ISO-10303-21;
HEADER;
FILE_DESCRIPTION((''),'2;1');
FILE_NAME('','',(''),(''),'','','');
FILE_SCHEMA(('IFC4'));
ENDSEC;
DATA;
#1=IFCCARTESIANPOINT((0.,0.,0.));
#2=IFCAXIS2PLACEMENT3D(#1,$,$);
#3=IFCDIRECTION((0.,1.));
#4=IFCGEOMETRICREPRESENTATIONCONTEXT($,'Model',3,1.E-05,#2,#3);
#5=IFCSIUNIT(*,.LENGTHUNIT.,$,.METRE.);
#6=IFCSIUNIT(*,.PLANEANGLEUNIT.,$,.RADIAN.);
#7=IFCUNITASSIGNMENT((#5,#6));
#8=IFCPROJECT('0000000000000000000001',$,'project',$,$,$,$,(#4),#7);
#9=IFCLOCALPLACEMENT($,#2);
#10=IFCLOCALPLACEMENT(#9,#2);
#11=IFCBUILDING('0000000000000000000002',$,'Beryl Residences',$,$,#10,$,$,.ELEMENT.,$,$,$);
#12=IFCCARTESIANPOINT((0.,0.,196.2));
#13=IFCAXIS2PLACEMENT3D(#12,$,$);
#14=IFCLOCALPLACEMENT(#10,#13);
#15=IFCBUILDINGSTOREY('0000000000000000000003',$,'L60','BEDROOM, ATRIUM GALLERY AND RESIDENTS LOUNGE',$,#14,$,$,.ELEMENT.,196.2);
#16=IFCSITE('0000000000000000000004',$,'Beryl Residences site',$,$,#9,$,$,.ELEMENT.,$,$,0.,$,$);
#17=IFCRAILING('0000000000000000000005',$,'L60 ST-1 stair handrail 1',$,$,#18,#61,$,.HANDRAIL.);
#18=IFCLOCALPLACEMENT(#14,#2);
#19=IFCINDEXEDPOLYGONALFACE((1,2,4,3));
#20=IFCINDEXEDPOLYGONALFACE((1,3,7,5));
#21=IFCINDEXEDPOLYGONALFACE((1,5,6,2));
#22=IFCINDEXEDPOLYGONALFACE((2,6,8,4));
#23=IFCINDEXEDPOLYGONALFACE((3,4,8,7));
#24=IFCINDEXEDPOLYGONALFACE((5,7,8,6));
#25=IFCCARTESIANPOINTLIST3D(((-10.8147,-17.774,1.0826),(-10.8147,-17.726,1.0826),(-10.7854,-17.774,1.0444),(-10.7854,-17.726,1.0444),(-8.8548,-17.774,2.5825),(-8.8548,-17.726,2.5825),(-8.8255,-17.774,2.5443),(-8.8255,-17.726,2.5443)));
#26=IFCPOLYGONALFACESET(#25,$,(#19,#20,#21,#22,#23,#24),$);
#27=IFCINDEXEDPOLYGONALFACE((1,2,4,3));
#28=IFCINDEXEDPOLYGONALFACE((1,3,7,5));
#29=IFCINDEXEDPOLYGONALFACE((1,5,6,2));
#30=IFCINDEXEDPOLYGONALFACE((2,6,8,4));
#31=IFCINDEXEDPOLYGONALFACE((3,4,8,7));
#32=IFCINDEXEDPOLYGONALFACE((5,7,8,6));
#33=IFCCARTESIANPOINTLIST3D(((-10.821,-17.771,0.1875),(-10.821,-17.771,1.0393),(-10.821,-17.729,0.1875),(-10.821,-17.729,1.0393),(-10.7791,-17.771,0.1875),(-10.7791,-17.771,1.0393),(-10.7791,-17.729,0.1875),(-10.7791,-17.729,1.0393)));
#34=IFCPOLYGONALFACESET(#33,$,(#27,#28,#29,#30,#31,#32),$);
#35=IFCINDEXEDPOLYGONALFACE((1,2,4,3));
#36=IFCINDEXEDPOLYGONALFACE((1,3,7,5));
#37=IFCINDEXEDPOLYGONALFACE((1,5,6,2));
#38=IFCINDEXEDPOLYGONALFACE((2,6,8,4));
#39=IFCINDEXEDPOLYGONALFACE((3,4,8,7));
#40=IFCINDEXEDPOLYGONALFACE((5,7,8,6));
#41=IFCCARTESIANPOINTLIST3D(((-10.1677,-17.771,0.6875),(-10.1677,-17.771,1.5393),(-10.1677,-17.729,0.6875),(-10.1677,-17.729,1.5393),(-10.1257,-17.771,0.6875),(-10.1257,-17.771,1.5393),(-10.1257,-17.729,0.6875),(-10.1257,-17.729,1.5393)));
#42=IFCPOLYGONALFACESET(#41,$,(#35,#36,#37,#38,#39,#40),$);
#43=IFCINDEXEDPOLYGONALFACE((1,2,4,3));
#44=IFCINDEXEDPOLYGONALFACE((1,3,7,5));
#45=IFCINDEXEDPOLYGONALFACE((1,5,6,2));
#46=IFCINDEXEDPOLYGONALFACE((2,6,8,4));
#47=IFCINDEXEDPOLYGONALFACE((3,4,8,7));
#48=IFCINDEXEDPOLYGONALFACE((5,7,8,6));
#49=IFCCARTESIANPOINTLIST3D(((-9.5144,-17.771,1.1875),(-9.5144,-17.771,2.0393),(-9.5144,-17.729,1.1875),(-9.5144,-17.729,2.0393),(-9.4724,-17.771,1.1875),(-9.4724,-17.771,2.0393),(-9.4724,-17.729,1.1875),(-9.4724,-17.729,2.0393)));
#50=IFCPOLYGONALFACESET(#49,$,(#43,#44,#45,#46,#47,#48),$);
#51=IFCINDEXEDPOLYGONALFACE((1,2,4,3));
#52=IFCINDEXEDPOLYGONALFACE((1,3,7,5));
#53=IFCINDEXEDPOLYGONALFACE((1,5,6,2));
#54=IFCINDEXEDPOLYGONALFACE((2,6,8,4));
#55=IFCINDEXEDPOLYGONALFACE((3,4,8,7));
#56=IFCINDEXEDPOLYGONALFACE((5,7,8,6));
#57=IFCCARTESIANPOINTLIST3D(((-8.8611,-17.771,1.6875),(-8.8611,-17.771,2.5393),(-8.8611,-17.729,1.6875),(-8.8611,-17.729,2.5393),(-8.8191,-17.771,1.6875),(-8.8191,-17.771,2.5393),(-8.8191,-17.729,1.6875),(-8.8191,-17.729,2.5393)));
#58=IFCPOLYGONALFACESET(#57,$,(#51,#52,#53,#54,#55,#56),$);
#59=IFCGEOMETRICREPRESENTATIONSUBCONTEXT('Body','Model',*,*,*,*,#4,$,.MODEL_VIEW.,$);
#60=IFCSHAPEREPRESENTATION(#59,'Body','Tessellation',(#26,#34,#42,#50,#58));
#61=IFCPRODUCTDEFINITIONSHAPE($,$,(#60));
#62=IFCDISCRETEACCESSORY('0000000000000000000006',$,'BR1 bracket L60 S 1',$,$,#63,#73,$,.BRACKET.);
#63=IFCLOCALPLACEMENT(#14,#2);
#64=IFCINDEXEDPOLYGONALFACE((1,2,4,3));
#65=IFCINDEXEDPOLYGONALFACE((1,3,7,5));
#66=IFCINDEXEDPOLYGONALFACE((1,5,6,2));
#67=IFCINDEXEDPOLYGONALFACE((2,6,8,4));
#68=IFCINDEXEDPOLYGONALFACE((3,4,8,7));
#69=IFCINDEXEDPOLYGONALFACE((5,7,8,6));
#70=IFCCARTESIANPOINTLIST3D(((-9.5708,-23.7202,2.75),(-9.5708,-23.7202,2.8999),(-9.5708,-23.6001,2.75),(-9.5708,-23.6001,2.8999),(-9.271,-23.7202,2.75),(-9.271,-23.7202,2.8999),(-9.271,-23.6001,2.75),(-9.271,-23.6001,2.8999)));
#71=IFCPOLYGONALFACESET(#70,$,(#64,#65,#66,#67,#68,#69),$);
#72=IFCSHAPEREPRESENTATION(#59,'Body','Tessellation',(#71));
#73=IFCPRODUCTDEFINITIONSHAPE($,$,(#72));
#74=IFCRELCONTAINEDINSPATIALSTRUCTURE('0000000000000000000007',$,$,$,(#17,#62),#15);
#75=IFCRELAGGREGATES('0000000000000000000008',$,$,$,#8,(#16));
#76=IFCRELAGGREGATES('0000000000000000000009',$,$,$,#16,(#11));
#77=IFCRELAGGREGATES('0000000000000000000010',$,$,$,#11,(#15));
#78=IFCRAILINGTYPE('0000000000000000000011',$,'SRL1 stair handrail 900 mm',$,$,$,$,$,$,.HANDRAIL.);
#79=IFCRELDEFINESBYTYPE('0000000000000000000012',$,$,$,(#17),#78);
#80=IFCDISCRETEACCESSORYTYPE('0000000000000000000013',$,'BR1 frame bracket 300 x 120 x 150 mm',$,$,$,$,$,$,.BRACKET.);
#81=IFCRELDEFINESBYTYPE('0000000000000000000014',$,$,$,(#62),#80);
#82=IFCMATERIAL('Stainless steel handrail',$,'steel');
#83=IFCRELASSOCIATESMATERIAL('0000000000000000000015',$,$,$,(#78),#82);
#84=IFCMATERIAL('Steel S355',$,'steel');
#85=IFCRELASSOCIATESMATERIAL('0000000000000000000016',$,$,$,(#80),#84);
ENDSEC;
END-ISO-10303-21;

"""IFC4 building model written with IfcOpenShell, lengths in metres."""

from ifc_helpers import new_model, si_unit, direction, frame, origin, origin_2d, place, context, subcontext, project, spatial, polyline, rectangle, outline, extrude, source, transform, mapped, material, type_object, type_shapes, element, save


model = new_model("IFC4")

# Units and contexts
model_context = context("Model", 3, precision=1e-05, world=origin(), true_north=direction((0.0, 1.0)))
body_context = subcontext(model_context, "Body", "Model", "MODEL_VIEW")
ifc_project = project(units=[si_unit("LENGTHUNIT", "METRE"), si_unit("PLANEANGLEUNIT", "RADIAN")], contexts=[model_context])

# Site, building, storey
site_placement = place(None, origin())
site = spatial("IfcSite", under=ifc_project, at=site_placement, Name="Beryl Residences site", CompositionType="ELEMENT", RefElevation=0.0)
building_placement = place(site_placement, origin())
building = spatial("IfcBuilding", under=site, at=building_placement, Name="Beryl Residences", CompositionType="ELEMENT")
storey_placement = place(building_placement, frame((0.0, 0.0, 196.2)))
storey = spatial("IfcBuildingStorey", under=building, at=storey_placement, Name="L60", Description="BEDROOM, ATRIUM GALLERY AND RESIDENTS LOUNGE", CompositionType="ELEMENT", Elevation=196.2)

# Railing
ifc_material_1 = material(Name="Stainless steel handrail", Category="steel")
railing_type_1 = type_object("IfcRailingType", Name="SRL1 stair handrail 900 mm", PredefinedType="HANDRAIL", material=ifc_material_1)
railing_1_placement = place(storey_placement, frame((-10.8, -17.75, 0.1875)))
element("IfcRailing", 1, at=railing_1_placement, inside=storey, type_object=railing_type_1, Name="L60 ST-1 stair handrail 1", PredefinedType="HANDRAIL", context=body_context, shape_type="SweptSolid", body=[
    extrude(rectangle(XDim=0.0481, YDim=0.0481, at=origin_2d()), frame((0.0, 0.0, 0.876), z_axis=(0.794122, 0.0, 0.607758), x_axis=(0.0, 1.0, 0.0)), (0.0, 0.0, 1.0), 2.468),
    extrude(rectangle(XDim=0.042, YDim=0.042, at=origin_2d()), origin(), (0.0, 0.0, 1.0), 0.8518),
    extrude(rectangle(XDim=0.042, YDim=0.042, at=origin_2d()), frame((0.6533, 0.0, 0.5)), (0.0, 0.0, 1.0), 0.8518),
    extrude(rectangle(XDim=0.042, YDim=0.042, at=origin_2d()), frame((1.3066, 0.0, 1.0)), (0.0, 0.0, 1.0), 0.8518),
    extrude(rectangle(XDim=0.042, YDim=0.042, at=origin_2d()), frame((1.96, 0.0, 1.5)), (0.0, 0.0, 1.0), 0.8518),
])

# Discrete accessory
ifc_material_2 = material(Name="Steel S355", Category="steel")
discrete_accessory_type = type_object("IfcDiscreteAccessoryType", Name="BR1 frame bracket 300 x 120 x 150 mm", PredefinedType="BRACKET", material=ifc_material_2)
shared_shape_1 = source(origin(), body_context, "Body", "SweptSolid", [
    extrude(outline(polyline([(-0.1499, 0.0), (0.1499, 0.0), (0.1499, 0.1201), (-0.1499, 0.1201), (-0.1499, 0.0)])), origin(), (0.0, 0.0, 1.0), 0.1499),
])
type_shapes(discrete_accessory_type, [shared_shape_1])
discrete_accessory_placement = place(storey_placement, frame((-9.4209, -23.6001, 2.75), z_axis=(0.0, 0.0, 1.0), x_axis=(-1.0, 0.0, 0.0)))
element("IfcDiscreteAccessory", 2, at=discrete_accessory_placement, inside=storey, type_object=discrete_accessory_type, Name="BR1 bracket L60 S 1", PredefinedType="BRACKET", context=body_context, shape_type="MappedRepresentation", body=[
    mapped(shared_shape_1, transform((0.0, 0.0, 0.0))),
])

save(model, "model.ifc")
